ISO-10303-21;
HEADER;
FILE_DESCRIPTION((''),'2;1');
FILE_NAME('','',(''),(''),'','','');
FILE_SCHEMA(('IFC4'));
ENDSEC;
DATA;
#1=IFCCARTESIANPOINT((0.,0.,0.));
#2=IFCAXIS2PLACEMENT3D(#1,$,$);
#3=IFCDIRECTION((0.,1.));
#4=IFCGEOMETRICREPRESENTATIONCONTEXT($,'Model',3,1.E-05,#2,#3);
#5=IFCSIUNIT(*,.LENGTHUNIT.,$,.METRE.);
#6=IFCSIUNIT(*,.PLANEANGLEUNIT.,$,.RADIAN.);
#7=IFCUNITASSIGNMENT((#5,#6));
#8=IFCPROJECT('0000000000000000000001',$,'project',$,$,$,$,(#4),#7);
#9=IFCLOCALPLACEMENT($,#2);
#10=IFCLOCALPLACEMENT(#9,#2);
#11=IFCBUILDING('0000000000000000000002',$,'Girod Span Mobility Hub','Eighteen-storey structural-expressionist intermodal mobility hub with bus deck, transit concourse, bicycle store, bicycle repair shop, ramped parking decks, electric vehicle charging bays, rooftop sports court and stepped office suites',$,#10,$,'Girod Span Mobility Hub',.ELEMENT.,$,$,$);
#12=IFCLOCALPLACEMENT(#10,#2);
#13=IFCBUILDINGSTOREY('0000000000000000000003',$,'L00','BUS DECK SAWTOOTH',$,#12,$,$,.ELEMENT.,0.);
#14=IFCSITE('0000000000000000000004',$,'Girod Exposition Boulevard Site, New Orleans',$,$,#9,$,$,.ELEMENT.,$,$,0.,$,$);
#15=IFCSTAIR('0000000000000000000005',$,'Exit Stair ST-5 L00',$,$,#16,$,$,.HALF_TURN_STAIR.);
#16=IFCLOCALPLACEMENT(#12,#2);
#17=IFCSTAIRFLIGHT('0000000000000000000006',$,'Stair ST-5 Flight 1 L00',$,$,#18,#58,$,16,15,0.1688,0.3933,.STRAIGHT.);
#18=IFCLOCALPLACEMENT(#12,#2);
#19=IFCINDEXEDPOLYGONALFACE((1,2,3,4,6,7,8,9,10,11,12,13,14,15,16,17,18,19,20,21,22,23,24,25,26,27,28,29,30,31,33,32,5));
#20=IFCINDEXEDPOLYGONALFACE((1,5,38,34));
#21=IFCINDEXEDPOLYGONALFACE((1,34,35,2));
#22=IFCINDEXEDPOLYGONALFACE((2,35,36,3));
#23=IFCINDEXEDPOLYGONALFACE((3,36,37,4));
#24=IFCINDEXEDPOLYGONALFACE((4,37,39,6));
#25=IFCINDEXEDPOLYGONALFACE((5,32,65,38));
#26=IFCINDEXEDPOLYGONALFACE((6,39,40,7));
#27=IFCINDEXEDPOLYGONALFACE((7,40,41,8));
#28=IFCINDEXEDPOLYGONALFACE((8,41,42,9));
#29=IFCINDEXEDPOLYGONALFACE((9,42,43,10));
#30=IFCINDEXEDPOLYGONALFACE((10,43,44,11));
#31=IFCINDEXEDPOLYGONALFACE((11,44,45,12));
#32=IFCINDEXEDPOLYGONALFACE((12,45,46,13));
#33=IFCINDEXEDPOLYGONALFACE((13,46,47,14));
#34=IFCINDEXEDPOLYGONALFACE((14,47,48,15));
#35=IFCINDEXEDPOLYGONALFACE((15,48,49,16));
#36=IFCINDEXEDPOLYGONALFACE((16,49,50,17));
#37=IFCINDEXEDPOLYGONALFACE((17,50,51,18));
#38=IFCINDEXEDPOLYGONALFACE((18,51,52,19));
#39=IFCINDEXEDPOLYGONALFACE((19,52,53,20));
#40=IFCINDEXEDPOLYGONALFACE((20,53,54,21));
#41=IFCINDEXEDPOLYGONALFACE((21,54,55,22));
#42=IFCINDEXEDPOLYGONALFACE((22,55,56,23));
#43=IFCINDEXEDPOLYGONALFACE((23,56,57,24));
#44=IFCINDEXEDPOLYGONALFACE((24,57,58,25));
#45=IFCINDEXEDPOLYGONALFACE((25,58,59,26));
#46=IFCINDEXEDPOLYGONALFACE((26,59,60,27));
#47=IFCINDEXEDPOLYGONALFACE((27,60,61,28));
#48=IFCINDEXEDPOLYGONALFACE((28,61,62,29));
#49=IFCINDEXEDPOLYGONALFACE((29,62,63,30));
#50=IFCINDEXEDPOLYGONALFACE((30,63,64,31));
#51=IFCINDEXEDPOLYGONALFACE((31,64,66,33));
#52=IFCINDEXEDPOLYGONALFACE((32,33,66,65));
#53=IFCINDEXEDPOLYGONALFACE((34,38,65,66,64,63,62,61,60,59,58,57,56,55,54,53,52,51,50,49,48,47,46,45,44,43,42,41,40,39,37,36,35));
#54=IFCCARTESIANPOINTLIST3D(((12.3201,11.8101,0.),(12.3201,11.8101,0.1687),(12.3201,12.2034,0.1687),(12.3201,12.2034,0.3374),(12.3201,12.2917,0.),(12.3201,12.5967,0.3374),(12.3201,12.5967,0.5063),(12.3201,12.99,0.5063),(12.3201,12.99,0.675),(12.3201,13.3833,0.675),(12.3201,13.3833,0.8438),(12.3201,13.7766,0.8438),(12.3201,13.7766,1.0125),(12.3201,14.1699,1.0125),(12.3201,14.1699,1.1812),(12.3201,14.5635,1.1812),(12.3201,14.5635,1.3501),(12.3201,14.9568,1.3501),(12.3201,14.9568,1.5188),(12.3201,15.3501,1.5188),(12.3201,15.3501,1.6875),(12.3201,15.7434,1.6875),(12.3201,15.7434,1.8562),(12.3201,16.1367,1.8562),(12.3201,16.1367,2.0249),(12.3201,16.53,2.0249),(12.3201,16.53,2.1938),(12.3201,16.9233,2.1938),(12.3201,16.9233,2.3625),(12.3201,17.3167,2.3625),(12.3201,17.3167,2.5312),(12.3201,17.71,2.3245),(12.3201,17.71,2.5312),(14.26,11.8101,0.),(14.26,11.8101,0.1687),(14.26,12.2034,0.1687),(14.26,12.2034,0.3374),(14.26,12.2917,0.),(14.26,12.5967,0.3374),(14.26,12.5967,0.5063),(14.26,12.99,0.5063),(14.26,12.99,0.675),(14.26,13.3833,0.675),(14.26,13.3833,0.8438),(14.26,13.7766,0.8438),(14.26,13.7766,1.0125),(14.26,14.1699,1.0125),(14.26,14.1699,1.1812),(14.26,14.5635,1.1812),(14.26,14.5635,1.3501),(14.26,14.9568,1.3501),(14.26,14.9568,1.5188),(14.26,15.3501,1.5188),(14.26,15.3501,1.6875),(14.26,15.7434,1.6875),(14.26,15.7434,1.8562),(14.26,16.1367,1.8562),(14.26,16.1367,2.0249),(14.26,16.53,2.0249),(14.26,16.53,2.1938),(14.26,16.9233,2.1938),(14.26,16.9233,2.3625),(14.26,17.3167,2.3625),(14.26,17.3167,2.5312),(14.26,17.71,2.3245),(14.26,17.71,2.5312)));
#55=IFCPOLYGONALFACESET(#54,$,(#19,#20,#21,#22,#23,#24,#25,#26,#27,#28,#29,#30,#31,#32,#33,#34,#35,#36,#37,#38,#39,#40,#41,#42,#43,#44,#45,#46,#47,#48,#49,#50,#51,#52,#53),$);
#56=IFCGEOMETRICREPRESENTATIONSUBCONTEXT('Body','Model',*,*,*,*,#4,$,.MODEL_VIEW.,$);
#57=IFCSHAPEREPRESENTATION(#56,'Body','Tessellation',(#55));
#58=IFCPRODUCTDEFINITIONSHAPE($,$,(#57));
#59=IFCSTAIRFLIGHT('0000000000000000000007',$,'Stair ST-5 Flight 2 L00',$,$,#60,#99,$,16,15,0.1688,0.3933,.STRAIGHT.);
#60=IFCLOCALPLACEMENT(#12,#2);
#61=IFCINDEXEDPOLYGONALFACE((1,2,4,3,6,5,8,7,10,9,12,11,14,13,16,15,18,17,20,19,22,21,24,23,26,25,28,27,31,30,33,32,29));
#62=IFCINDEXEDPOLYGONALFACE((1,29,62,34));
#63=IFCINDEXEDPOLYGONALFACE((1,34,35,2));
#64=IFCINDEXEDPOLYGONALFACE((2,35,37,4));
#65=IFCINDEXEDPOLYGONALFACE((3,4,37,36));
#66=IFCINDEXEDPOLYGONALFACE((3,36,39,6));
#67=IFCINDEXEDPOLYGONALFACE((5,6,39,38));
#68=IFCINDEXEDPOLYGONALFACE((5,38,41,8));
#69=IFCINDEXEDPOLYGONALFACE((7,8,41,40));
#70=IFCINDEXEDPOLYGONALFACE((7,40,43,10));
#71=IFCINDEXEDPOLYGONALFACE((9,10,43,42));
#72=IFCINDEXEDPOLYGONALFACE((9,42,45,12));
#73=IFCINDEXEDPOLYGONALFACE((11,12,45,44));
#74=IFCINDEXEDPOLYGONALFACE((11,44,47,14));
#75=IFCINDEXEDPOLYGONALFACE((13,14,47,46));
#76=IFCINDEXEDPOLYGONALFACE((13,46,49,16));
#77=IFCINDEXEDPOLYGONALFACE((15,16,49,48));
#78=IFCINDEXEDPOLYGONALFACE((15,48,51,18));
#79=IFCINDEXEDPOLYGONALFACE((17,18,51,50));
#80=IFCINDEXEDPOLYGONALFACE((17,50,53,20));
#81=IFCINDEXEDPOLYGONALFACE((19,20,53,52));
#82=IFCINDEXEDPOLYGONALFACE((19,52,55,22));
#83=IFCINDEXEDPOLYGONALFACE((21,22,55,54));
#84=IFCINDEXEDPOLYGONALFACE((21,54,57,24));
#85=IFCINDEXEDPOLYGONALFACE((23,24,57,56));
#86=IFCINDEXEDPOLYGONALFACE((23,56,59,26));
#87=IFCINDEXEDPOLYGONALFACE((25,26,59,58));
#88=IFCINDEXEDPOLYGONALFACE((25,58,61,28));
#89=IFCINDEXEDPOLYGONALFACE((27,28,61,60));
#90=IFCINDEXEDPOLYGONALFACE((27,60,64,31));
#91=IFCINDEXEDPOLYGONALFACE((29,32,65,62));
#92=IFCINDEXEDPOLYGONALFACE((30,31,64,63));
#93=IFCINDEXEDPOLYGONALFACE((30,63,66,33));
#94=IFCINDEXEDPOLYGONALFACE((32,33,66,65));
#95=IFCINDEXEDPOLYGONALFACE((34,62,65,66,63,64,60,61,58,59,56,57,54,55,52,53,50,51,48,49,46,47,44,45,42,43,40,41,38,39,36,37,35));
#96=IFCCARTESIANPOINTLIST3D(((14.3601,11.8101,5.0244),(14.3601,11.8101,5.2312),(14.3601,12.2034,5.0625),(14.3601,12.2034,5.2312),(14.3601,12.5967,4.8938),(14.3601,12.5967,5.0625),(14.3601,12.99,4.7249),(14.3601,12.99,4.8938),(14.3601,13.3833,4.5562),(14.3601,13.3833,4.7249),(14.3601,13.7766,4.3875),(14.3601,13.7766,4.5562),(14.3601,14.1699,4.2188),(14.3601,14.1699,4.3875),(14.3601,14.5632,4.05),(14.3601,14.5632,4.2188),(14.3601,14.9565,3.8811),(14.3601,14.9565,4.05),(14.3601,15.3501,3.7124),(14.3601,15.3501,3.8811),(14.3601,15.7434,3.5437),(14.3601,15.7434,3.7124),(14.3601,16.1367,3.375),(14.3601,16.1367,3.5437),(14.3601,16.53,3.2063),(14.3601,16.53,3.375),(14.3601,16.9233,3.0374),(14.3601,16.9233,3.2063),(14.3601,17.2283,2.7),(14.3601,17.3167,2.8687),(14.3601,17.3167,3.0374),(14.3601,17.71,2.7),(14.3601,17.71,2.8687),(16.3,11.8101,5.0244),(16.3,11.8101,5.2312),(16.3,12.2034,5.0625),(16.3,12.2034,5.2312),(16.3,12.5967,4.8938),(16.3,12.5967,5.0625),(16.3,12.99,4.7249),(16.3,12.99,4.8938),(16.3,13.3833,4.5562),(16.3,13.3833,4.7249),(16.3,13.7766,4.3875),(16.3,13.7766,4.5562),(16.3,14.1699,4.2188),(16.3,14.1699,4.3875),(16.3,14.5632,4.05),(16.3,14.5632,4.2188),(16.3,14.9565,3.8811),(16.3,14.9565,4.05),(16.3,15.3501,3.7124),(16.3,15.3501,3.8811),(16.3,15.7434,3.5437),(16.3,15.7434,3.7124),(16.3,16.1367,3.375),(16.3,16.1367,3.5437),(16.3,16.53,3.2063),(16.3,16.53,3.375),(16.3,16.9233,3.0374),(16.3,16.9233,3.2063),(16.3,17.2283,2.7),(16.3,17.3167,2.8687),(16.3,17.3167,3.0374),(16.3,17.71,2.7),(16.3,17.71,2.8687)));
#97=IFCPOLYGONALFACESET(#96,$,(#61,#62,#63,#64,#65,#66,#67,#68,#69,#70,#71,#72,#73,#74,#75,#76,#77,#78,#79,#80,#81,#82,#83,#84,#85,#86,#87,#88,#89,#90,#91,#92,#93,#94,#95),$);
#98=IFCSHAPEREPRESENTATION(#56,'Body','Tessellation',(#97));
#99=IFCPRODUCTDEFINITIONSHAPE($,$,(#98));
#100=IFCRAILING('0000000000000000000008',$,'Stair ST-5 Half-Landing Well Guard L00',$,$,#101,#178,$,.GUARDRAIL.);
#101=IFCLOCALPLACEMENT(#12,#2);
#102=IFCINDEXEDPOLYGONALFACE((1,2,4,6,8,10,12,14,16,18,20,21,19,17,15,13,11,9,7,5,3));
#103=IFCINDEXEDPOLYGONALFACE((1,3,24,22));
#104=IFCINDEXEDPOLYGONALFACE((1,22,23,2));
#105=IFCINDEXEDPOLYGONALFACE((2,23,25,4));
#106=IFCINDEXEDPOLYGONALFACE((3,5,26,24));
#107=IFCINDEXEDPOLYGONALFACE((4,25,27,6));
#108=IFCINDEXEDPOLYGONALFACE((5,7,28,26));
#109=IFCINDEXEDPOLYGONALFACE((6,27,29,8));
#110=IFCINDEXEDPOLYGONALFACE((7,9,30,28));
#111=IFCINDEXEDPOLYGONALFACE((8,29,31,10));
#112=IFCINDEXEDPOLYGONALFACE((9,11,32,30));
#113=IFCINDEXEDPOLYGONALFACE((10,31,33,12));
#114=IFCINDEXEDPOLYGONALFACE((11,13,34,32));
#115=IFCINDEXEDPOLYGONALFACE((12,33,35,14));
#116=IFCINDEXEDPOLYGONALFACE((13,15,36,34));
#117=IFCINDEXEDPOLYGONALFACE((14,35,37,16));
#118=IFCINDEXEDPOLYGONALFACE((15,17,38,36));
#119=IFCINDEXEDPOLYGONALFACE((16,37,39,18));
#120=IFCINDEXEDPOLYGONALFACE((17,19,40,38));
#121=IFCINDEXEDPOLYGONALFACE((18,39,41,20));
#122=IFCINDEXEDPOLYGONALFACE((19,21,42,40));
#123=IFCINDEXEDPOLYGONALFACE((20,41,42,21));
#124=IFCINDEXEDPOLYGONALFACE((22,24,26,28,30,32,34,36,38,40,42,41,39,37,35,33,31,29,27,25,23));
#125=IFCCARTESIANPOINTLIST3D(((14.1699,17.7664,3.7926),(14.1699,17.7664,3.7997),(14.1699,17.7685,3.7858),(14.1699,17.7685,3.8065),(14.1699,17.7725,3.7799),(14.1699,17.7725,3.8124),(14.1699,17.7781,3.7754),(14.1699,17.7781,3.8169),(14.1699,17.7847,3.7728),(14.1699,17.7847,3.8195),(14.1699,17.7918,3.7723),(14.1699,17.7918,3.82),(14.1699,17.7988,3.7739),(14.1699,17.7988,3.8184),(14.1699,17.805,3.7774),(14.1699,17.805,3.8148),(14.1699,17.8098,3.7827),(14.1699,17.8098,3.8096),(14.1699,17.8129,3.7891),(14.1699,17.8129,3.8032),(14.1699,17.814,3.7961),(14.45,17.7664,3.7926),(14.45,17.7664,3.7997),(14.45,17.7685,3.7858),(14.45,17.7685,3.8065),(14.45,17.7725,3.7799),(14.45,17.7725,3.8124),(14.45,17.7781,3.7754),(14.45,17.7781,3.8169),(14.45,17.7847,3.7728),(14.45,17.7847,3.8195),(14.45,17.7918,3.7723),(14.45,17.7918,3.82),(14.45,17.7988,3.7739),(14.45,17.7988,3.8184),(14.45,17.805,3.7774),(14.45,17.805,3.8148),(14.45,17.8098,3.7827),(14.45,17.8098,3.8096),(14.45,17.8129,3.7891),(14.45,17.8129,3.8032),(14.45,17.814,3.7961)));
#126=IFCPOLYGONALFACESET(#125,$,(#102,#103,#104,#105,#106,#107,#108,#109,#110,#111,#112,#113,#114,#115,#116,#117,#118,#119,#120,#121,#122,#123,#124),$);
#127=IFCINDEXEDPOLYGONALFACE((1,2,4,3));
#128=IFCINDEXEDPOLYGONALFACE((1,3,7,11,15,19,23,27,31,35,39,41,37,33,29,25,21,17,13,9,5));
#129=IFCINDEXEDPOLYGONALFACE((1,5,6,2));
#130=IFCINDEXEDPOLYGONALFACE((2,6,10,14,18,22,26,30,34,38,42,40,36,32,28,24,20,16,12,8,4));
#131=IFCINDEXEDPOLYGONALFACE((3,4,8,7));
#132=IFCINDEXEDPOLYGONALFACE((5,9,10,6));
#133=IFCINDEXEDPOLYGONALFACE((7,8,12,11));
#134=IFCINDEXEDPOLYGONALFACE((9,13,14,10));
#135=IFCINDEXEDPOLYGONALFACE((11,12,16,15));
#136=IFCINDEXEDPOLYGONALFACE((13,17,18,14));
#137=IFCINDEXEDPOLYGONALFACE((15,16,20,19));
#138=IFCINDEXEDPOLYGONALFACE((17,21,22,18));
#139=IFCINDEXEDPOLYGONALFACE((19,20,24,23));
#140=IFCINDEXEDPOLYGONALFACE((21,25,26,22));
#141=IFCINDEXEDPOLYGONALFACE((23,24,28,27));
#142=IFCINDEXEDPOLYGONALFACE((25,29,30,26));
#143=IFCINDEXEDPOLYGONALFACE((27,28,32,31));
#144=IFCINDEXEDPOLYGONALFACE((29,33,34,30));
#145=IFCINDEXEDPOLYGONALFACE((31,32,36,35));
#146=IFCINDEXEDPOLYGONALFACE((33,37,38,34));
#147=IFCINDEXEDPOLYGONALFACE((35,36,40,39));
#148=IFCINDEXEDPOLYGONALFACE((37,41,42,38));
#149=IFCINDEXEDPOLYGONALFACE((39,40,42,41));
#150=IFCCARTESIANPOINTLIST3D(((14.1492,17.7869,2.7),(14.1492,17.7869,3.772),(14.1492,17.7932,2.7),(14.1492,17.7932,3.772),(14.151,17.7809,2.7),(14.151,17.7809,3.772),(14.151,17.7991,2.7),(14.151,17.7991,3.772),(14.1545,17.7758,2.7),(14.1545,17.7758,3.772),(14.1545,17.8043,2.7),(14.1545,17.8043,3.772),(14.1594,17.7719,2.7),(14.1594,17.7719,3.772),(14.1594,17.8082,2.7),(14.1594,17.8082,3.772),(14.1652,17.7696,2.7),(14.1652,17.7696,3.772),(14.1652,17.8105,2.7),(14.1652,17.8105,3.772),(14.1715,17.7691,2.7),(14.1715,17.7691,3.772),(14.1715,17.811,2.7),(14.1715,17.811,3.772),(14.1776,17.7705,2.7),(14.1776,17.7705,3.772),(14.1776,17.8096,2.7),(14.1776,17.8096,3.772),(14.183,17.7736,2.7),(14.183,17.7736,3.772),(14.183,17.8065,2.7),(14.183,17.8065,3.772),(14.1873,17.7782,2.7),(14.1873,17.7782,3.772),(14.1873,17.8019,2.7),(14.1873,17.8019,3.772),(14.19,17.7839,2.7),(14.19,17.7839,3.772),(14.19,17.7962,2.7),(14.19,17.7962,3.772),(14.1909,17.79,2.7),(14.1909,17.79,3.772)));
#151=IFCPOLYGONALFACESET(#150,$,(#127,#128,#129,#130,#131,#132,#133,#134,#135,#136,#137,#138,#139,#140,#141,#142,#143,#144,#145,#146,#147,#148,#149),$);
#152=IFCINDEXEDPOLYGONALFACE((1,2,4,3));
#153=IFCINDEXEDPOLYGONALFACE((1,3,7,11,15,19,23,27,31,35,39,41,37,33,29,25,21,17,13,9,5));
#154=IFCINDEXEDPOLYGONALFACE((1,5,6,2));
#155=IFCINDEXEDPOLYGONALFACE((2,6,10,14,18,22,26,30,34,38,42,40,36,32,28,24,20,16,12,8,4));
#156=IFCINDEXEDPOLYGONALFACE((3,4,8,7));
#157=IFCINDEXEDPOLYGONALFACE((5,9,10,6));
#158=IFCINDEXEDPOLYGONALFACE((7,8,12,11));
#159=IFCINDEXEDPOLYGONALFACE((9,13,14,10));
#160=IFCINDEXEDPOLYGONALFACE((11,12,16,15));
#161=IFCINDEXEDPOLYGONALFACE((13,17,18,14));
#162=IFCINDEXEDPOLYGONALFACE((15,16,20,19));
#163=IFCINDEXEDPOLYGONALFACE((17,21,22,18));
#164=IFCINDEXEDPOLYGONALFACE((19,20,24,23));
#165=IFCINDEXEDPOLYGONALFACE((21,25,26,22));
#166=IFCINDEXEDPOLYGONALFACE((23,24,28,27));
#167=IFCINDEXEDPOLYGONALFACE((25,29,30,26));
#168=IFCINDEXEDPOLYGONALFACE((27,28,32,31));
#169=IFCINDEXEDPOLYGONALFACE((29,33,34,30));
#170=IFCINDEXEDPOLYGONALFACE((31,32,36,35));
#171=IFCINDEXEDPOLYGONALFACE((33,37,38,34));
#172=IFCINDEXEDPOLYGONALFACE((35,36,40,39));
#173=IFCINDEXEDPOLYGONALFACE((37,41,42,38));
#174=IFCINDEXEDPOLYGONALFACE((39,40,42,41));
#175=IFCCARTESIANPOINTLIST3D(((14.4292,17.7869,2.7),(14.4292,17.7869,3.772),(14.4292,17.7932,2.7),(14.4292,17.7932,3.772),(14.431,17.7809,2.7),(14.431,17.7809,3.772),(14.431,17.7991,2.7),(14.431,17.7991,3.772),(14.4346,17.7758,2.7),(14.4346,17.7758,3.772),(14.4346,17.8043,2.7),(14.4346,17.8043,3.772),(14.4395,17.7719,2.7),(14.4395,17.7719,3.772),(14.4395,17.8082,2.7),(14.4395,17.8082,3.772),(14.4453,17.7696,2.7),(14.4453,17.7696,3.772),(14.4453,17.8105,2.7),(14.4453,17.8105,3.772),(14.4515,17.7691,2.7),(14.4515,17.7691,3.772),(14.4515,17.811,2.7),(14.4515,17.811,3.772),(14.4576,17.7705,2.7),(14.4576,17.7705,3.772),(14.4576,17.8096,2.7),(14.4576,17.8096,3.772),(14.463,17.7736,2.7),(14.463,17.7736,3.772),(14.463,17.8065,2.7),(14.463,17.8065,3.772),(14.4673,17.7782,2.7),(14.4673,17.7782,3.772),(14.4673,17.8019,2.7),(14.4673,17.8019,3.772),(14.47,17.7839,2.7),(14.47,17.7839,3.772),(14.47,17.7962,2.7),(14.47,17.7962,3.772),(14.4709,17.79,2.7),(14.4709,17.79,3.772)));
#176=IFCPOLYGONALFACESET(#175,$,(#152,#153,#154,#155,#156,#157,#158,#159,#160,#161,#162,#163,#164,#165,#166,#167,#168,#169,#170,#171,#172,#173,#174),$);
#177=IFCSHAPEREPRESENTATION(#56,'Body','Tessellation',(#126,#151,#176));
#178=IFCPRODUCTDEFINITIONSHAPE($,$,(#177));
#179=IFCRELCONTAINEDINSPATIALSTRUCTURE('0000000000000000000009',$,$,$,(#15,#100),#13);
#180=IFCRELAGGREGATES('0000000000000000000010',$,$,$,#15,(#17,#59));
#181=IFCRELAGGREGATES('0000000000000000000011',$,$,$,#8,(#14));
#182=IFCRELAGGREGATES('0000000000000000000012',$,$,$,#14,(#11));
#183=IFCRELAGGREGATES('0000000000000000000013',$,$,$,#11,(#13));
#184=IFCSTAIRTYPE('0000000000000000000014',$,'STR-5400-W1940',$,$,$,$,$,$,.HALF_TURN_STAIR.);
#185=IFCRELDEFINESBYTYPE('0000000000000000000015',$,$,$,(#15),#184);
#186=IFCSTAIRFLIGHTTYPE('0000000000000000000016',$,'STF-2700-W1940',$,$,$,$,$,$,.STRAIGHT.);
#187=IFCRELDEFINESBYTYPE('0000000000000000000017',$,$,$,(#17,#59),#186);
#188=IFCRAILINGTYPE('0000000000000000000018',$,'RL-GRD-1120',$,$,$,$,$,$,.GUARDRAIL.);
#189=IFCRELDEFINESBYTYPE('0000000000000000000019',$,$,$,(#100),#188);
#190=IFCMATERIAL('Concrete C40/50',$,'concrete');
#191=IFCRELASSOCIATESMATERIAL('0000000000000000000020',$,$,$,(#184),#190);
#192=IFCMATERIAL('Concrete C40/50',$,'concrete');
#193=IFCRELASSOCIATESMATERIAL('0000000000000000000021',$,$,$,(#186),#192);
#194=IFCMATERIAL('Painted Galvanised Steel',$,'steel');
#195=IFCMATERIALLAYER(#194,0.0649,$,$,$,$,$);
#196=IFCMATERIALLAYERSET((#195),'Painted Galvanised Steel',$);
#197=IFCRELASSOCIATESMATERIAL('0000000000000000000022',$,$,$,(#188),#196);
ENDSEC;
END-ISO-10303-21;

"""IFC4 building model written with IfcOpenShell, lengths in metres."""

from ifc_helpers import new_model, si_unit, direction, frame, origin, origin_2d, place, context, subcontext, project, spatial, polyline, circle, outline, extrude, material, layer, layer_set, type_object, element, aggregate, save


model = new_model("IFC4")

# Units and contexts
model_context = context("Model", 3, precision=1e-05, world=origin(), true_north=direction((0.0, 1.0)))
body_context = subcontext(model_context, "Body", "Model", "MODEL_VIEW")
ifc_project = project(units=[si_unit("LENGTHUNIT", "METRE"), si_unit("PLANEANGLEUNIT", "RADIAN")], contexts=[model_context])

# Site, building, storey
site_placement = place(None, origin())
site = spatial("IfcSite", under=ifc_project, at=site_placement, Name="Girod Exposition Boulevard Site, New Orleans", CompositionType="ELEMENT", RefElevation=0.0)
building_placement = place(site_placement, origin())
building = spatial("IfcBuilding", under=site, at=building_placement, Name="Girod Span Mobility Hub", Description="Eighteen-storey structural-expressionist intermodal mobility hub with bus deck, transit concourse, bicycle store, bicycle repair shop, ramped parking decks, electric vehicle charging bays, rooftop sports court and stepped office suites", LongName="Girod Span Mobility Hub", CompositionType="ELEMENT")
storey_placement = place(building_placement, origin())
storey = spatial("IfcBuildingStorey", under=building, at=storey_placement, Name="L00", Description="BUS DECK SAWTOOTH", CompositionType="ELEMENT", Elevation=0.0)

# Stair, stair flights
ifc_material_1 = material(Name="Concrete C40/50", Category="concrete")
stair_type = type_object("IfcStairType", Name="STR-5400-W1940", PredefinedType="HALF_TURN_STAIR", material=ifc_material_1)
stair_placement = place(storey_placement, origin())
stair = element("IfcStair", 1, at=stair_placement, inside=storey, type_object=stair_type, Name="Exit Stair ST-5 L00", PredefinedType="HALF_TURN_STAIR")
ifc_material_2 = material(Name="Concrete C40/50", Category="concrete")
stair_flight_type = type_object("IfcStairFlightType", Name="STF-2700-W1940", PredefinedType="STRAIGHT", material=ifc_material_2)
stair_flight_1_placement = place(storey_placement, frame((13.29, 11.8101, 0.0), z_axis=(0.0, 0.0, 1.0), x_axis=(0.0, 1.0, 0.0)))
stair_flight_1 = element("IfcStairFlight", 2, at=stair_flight_1_placement, type_object=stair_flight_type, Name="Stair ST-5 Flight 1 L00", NumberOfRisers=16, NumberOfTreads=15, PredefinedType="STRAIGHT", RiserHeight=0.1688, TreadLength=0.3933, context=body_context, shape_type="SweptSolid", body=[
    extrude(outline(polyline([(0.0, 0.0), (0.0, 0.1687), (0.3933, 0.1687), (0.3933, 0.3374), (0.7866, 0.3374), (0.7866, 0.5063), (1.1799, 0.5063), (1.1799, 0.675), (1.5732, 0.675), (1.5732, 0.8438), (1.9666, 0.8438), (1.9666, 1.0125), (2.3599, 1.0125), (2.3599, 1.1812), (2.7534, 1.1812), (2.7534, 1.3501), (3.1467, 1.3501), (3.1467, 1.5188), (3.54, 1.5188), (3.54, 1.6875), (3.9333, 1.6875), (3.9333, 1.8562), (4.3267, 1.8562), (4.3267, 2.0249), (4.72, 2.0249), (4.72, 2.1938), (5.1133, 2.1938), (5.1133, 2.3625), (5.5066, 2.3625), (5.5066, 2.5312), (5.8999, 2.5312), (5.8999, 2.7), (5.8999, 2.3245), (0.4817, 0.0), (0.0, 0.0)])), frame((0.0, 0.97, 0.0), z_axis=(0.0, -1.0, 0.0), x_axis=(1.0, 0.0, 0.0)), (0.0, 0.0, 1.0), 1.9399),
])
stair_flight_2_placement = place(storey_placement, frame((15.3301, 17.71, 2.7), z_axis=(0.0, 0.0, 1.0), x_axis=(0.0, -1.0, 0.0)))
stair_flight_2 = element("IfcStairFlight", 3, at=stair_flight_2_placement, type_object=stair_flight_type, Name="Stair ST-5 Flight 2 L00", NumberOfRisers=16, NumberOfTreads=15, PredefinedType="STRAIGHT", RiserHeight=0.1688, TreadLength=0.3933, context=body_context, shape_type="SweptSolid", body=[
    extrude(outline(polyline([(0.0, 0.0), (0.0, 0.1687), (0.3933, 0.1687), (0.3933, 0.3374), (0.7866, 0.3374), (0.7866, 0.5063), (1.1799, 0.5063), (1.1799, 0.675), (1.5732, 0.675), (1.5732, 0.8438), (1.9666, 0.8438), (1.9666, 1.0125), (2.3599, 1.0125), (2.3599, 1.1812), (2.7534, 1.1812), (2.7534, 1.3501), (3.1467, 1.3501), (3.1467, 1.5188), (3.54, 1.5188), (3.54, 1.6875), (3.9333, 1.6875), (3.9333, 1.8562), (4.3267, 1.8562), (4.3267, 2.0249), (4.72, 2.0249), (4.72, 2.1938), (5.1133, 2.1938), (5.1133, 2.3625), (5.5066, 2.3625), (5.5066, 2.5312), (5.8999, 2.5312), (5.8999, 2.7), (5.8999, 2.3245), (0.4817, 0.0), (0.0, 0.0)])), frame((0.0, 0.97, 0.0), z_axis=(0.0, -1.0, 0.0), x_axis=(1.0, 0.0, 0.0)), (0.0, 0.0, 1.0), 1.9399),
])
aggregate(stair, [stair_flight_1, stair_flight_2])

# Railing
ifc_material_3 = material(Name="Painted Galvanised Steel", Category="steel")
ifc_layer_1 = layer(ifc_material_3, 0.0649)
ifc_layer_set_1 = layer_set([ifc_layer_1], Name="Painted Galvanised Steel")
railing_type_1 = type_object("IfcRailingType", Name="RL-GRD-1120", PredefinedType="GUARDRAIL", material=ifc_layer_set_1)
railing_1_placement = place(storey_placement, frame((14.1699, 17.79, 2.7)))
element("IfcRailing", 4, at=railing_1_placement, inside=storey, type_object=railing_type_1, Name="Stair ST-5 Half-Landing Well Guard L00", PredefinedType="GUARDRAIL", context=body_context, shape_type="SweptSolid", body=[
    extrude(circle(Radius=0.0239, at=origin_2d()), frame((0.0, 0.0, 1.0962), z_axis=(1.0, 0.0, 0.0), x_axis=(0.0, 1.0, 0.0)), (0.0, 0.0, 1.0), 0.28),
    extrude(circle(Radius=0.021, at=origin_2d()), origin(), (0.0, 0.0, 1.0), 1.072),
    extrude(circle(Radius=0.021, at=origin_2d()), frame((0.28, 0.0, 0.0)), (0.0, 0.0, 1.0), 1.072),
])

save(model, "model.ifc")
